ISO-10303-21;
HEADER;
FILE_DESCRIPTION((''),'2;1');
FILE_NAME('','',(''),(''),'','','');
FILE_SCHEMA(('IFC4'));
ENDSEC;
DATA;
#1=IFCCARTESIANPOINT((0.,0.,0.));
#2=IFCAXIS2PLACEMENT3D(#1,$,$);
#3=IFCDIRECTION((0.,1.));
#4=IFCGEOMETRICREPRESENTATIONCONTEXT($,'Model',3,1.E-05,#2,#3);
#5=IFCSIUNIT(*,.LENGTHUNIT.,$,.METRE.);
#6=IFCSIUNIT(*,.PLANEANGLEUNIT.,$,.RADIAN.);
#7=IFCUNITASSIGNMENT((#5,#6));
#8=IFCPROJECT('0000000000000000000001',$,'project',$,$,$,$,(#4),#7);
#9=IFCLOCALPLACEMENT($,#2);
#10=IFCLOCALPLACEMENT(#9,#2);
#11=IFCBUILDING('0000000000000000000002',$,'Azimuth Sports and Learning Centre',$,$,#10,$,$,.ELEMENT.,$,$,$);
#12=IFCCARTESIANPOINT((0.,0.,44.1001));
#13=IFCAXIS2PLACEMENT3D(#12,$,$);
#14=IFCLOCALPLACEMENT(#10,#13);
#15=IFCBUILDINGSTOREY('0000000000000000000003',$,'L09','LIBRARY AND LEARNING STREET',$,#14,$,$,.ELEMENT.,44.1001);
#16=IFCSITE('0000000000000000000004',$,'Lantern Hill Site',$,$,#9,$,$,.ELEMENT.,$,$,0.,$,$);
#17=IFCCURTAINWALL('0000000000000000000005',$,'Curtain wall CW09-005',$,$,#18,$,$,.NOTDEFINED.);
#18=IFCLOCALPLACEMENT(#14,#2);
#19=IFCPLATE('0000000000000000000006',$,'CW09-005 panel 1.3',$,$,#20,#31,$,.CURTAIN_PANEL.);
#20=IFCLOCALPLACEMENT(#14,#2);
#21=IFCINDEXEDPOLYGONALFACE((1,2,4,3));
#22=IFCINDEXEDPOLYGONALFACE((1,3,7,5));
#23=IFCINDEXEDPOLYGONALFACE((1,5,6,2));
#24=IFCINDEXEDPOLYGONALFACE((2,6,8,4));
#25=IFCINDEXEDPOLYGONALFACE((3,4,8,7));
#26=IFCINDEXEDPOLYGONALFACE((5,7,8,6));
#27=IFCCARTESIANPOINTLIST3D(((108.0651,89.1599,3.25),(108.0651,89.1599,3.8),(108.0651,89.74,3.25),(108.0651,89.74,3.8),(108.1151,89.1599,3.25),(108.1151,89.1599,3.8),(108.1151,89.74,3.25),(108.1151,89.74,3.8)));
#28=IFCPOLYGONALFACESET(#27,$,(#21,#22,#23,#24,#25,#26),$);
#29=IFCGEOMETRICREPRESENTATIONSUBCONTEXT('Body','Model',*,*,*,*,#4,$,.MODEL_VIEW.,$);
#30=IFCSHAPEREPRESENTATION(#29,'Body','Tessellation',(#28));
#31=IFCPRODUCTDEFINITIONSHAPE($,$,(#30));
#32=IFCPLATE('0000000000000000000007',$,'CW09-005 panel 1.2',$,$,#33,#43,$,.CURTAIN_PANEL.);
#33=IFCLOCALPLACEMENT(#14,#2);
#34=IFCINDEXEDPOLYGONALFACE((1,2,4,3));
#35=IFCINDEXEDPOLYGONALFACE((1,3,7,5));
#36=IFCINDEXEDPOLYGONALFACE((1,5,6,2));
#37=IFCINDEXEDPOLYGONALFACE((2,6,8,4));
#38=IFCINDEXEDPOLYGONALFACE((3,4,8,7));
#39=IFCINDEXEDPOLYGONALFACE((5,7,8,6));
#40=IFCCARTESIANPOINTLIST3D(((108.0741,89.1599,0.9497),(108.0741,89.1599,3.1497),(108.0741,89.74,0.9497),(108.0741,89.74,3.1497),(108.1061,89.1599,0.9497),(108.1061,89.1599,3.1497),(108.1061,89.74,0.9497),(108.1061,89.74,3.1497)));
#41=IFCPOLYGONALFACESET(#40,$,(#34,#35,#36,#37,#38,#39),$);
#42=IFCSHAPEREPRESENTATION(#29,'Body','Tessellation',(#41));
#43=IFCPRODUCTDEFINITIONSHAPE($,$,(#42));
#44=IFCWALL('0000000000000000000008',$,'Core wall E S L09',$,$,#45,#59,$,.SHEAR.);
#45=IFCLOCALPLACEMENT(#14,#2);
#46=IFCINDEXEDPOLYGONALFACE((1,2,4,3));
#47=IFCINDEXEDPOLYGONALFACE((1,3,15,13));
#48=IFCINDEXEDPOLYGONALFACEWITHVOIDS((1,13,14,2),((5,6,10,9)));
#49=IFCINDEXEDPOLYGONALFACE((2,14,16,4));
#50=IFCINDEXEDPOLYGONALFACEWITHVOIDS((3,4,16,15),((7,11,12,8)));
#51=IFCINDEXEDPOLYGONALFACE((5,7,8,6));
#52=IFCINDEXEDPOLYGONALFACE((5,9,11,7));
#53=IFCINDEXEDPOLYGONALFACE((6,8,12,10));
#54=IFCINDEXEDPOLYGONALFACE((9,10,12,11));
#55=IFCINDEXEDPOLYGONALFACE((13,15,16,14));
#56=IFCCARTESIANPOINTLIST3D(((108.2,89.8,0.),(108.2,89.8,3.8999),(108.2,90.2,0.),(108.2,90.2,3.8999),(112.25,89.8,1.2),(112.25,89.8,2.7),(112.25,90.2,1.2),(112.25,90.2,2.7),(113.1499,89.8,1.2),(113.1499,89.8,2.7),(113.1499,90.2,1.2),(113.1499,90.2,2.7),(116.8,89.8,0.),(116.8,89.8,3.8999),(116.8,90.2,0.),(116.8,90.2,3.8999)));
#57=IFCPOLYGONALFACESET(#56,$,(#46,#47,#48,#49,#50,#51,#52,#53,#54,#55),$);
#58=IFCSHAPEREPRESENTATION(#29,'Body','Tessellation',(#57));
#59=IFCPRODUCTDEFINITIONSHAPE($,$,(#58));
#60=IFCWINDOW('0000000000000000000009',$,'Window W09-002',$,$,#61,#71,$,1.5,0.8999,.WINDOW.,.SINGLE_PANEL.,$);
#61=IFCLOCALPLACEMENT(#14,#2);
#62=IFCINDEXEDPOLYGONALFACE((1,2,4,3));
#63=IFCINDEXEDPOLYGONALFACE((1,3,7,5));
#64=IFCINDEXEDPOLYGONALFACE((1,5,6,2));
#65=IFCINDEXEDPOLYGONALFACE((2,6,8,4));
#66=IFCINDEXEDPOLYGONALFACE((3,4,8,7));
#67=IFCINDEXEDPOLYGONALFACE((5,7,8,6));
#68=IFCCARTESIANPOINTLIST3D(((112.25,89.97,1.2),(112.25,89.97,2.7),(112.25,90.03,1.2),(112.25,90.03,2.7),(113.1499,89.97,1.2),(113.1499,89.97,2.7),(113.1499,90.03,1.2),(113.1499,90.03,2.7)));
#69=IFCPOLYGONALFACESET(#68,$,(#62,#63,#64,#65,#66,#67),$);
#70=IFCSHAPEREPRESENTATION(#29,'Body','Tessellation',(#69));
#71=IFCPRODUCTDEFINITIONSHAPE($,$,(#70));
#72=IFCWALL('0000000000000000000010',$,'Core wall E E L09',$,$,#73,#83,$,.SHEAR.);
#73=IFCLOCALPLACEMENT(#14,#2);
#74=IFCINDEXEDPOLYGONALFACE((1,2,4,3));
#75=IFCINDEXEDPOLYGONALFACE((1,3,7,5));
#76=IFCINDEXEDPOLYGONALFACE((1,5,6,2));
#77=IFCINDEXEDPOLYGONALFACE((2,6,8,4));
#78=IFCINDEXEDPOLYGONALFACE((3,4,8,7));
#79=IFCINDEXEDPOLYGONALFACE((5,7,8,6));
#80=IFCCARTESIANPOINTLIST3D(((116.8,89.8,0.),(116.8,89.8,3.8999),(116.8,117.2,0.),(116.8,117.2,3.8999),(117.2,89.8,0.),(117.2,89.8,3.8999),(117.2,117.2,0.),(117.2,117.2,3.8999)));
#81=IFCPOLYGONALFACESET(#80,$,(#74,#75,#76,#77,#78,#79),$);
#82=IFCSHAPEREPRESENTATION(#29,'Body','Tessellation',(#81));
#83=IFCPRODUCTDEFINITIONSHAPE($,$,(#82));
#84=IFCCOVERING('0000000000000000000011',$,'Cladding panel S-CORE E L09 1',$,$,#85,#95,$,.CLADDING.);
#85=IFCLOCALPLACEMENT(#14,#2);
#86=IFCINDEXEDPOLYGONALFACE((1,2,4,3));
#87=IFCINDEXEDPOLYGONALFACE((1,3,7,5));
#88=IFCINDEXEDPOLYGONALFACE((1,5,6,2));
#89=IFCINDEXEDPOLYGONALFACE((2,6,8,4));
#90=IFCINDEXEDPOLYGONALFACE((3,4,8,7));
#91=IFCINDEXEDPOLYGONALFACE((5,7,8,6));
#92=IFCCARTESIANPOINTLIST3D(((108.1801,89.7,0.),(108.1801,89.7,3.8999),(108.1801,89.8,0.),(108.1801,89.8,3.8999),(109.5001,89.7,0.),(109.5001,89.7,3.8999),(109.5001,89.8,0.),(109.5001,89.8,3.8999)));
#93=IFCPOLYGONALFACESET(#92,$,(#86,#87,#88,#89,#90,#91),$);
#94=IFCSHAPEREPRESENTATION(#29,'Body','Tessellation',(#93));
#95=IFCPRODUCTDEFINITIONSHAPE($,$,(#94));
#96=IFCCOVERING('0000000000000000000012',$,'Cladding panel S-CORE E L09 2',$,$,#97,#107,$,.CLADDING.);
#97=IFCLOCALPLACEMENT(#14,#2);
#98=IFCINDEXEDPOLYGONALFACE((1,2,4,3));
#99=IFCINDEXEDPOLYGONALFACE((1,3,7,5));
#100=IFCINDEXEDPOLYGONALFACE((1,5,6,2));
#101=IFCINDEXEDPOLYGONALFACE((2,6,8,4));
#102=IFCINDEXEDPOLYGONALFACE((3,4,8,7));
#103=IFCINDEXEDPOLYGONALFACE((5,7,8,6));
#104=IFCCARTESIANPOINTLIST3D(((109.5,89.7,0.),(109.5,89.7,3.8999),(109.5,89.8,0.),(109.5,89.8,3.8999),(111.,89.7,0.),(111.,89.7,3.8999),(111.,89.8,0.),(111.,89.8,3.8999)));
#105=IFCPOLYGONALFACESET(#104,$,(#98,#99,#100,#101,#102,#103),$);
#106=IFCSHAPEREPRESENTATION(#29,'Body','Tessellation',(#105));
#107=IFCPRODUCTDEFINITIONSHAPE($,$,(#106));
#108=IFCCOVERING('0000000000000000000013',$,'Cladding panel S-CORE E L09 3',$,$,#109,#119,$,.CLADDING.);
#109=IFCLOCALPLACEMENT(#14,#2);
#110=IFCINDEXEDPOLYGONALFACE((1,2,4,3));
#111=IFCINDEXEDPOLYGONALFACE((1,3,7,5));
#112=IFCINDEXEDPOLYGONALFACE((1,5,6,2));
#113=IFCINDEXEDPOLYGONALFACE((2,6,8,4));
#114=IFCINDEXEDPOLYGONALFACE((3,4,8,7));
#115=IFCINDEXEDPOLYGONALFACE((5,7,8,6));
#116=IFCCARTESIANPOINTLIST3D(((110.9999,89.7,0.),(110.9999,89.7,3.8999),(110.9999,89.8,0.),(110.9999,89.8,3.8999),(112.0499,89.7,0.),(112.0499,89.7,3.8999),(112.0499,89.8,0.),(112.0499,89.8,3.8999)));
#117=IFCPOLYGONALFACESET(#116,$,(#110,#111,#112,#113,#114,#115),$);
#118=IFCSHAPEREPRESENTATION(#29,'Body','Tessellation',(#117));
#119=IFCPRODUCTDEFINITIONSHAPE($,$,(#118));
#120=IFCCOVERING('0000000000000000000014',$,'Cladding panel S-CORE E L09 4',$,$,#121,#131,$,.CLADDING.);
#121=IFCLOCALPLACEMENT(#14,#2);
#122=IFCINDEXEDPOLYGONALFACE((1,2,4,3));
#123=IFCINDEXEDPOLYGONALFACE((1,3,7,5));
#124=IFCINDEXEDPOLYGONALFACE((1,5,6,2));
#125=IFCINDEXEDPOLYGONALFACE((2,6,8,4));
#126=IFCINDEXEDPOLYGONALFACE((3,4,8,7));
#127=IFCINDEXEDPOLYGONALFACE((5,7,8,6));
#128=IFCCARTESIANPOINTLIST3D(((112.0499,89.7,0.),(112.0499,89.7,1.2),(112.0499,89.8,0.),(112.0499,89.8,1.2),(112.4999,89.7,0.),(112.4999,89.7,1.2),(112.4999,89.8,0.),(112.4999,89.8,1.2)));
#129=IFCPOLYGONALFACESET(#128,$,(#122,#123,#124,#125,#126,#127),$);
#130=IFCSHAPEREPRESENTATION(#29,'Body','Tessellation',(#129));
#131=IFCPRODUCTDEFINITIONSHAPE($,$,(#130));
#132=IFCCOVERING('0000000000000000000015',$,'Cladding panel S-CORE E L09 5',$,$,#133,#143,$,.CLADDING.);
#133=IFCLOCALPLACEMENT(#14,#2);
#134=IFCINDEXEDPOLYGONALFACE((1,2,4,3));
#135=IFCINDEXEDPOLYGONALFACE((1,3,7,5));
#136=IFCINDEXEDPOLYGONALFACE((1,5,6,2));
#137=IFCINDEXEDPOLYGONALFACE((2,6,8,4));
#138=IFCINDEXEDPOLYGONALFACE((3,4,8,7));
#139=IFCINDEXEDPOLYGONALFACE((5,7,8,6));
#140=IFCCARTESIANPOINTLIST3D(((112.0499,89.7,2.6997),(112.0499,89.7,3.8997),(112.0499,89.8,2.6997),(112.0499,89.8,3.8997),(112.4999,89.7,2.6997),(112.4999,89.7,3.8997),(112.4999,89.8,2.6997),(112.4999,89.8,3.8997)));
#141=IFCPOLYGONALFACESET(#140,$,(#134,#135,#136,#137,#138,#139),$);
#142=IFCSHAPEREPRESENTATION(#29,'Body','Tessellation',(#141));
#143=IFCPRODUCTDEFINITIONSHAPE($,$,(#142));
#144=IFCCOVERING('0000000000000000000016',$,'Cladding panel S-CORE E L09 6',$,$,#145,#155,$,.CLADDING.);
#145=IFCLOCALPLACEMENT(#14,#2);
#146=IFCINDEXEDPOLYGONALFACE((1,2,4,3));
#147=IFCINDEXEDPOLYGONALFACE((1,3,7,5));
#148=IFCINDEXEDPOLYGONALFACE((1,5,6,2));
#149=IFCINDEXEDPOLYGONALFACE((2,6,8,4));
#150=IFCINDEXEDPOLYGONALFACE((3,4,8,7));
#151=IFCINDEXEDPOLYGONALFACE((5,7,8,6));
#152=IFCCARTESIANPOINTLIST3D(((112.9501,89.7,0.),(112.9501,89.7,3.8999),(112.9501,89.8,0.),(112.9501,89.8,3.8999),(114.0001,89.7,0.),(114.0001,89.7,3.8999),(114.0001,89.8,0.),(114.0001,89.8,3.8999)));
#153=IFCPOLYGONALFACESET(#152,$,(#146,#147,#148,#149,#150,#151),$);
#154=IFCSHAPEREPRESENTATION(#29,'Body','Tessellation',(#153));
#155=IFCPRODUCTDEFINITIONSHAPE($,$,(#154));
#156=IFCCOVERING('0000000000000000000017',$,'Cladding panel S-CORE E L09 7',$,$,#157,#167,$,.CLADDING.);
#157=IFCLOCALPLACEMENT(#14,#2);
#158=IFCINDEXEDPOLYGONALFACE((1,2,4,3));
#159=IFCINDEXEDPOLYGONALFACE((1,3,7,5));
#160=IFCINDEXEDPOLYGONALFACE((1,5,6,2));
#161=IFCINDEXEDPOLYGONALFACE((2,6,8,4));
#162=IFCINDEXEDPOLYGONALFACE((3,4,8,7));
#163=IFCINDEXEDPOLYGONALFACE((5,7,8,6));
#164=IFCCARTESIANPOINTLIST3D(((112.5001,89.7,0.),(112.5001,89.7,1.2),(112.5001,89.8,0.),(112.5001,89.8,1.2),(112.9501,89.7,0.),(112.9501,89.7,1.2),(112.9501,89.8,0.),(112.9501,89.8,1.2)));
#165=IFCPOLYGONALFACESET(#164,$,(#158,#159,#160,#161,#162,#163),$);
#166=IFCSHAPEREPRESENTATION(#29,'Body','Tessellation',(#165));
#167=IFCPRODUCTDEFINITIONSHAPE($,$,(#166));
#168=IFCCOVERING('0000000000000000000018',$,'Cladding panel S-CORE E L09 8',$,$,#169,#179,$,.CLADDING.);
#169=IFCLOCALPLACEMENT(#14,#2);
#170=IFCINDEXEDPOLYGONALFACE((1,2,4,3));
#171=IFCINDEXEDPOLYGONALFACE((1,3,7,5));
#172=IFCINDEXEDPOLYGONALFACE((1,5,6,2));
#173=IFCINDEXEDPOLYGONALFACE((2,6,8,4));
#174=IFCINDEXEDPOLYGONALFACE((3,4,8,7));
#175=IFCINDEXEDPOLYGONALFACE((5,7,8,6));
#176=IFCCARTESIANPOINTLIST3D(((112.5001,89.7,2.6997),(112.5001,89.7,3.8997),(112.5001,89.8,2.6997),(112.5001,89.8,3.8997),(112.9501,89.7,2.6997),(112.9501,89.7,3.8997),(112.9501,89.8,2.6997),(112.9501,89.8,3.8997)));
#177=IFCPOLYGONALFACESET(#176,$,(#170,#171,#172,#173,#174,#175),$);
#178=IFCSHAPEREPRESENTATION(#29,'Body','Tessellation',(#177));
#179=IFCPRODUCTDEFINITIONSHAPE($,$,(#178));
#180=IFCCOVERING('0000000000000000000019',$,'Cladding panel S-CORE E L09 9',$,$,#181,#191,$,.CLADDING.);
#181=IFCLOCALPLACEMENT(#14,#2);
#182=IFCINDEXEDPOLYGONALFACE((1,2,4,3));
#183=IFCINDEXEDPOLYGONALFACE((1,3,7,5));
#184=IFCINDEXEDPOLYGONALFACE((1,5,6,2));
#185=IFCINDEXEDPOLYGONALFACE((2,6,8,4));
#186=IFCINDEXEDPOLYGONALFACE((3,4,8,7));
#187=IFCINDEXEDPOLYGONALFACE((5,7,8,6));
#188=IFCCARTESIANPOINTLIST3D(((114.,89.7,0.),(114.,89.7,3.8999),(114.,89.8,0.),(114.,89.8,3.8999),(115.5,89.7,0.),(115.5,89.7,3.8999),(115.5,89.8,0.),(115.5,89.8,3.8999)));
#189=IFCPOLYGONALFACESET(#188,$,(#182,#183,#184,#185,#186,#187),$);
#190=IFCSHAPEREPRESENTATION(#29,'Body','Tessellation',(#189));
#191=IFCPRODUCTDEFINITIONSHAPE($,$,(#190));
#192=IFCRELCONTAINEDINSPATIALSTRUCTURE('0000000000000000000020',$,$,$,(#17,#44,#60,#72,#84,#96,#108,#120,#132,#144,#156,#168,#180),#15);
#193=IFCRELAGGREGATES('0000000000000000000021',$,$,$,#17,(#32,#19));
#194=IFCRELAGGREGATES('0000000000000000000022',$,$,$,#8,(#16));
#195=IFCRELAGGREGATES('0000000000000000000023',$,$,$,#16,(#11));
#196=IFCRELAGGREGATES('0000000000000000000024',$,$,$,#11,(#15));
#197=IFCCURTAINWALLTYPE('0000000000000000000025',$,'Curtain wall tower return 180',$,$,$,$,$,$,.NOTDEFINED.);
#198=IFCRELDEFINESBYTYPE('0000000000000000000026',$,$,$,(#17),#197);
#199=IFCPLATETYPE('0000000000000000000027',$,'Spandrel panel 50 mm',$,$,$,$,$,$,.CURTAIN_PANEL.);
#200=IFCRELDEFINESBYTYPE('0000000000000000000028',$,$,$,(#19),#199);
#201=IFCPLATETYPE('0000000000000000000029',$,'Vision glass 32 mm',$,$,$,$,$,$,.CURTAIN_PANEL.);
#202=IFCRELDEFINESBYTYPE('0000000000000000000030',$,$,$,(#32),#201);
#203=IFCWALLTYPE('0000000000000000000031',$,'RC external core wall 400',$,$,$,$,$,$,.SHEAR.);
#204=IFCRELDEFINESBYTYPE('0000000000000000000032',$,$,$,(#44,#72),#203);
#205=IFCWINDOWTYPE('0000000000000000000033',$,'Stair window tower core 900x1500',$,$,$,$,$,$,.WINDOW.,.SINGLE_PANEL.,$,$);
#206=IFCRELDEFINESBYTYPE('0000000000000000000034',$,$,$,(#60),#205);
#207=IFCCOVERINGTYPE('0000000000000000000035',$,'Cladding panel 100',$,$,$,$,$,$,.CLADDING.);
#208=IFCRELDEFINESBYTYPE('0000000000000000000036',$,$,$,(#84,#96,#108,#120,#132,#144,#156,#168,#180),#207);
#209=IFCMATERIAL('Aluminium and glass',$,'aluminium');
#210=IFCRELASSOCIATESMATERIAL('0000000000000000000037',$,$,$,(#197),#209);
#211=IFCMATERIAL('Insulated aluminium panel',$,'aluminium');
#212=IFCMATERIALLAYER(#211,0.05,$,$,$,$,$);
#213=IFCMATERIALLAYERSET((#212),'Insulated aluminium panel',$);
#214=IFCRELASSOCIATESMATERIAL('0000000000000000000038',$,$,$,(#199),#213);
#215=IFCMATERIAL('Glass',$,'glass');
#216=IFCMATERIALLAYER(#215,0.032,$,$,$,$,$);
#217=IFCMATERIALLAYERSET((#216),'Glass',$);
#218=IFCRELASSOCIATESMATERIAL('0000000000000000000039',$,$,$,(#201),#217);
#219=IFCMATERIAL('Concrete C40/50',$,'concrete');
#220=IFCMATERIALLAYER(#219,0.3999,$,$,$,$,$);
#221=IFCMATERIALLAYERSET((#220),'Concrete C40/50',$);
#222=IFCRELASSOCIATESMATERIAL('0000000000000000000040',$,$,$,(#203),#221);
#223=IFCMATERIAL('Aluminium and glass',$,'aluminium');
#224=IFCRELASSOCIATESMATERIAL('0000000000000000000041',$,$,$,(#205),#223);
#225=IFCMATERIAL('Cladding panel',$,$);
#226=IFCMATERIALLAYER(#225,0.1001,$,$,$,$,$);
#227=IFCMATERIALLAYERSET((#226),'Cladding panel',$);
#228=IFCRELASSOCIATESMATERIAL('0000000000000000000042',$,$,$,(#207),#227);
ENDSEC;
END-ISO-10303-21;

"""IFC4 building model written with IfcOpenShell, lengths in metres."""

from ifc_helpers import new_model, si_unit, direction, frame, frame_2d, origin, origin_2d, place, context, subcontext, project, spatial, rectangle, extrude, material, layer, layer_set, type_object, element, fill, aggregate, save


model = new_model("IFC4")

# Units and contexts
model_context = context("Model", 3, precision=1e-05, world=origin(), true_north=direction((0.0, 1.0)))
body_context = subcontext(model_context, "Body", "Model", "MODEL_VIEW")
ifc_project = project(units=[si_unit("LENGTHUNIT", "METRE"), si_unit("PLANEANGLEUNIT", "RADIAN")], contexts=[model_context])

# Site, building, storey
site_placement = place(None, origin())
site = spatial("IfcSite", under=ifc_project, at=site_placement, Name="Lantern Hill Site", CompositionType="ELEMENT", RefElevation=0.0)
building_placement = place(site_placement, origin())
building = spatial("IfcBuilding", under=site, at=building_placement, Name="Azimuth Sports and Learning Centre", CompositionType="ELEMENT")
storey_placement = place(building_placement, frame((0.0, 0.0, 44.1001)))
storey = spatial("IfcBuildingStorey", under=building, at=storey_placement, Name="L09", Description="LIBRARY AND LEARNING STREET", CompositionType="ELEMENT", Elevation=44.1001)

# Curtain wall, plates
ifc_material_1 = material(Name="Aluminium and glass", Category="aluminium")
curtain_wall_type = type_object("IfcCurtainWallType", Name="Curtain wall tower return 180", PredefinedType="NOTDEFINED", material=ifc_material_1)
curtain_wall_placement = place(storey_placement, origin())
curtain_wall = element("IfcCurtainWall", 1, at=curtain_wall_placement, inside=storey, type_object=curtain_wall_type, Name="Curtain wall CW09-005", PredefinedType="NOTDEFINED")
ifc_material_2 = material(Name="Insulated aluminium panel", Category="aluminium")
ifc_layer_1 = layer(ifc_material_2, 0.05)
ifc_layer_set_1 = layer_set([ifc_layer_1], Name="Insulated aluminium panel")
plate_type_1 = type_object("IfcPlateType", Name="Spandrel panel 50 mm", PredefinedType="CURTAIN_PANEL", material=ifc_layer_set_1)
plate_1_placement = place(storey_placement, frame((108.0901, 89.45, 3.25), z_axis=(0.0, 0.0, 1.0), x_axis=(0.0, 1.0, 0.0)))
plate_1 = element("IfcPlate", 2, at=plate_1_placement, type_object=plate_type_1, Name="CW09-005 panel 1.3", PredefinedType="CURTAIN_PANEL", context=body_context, shape_type="SweptSolid", body=[
    extrude(rectangle(XDim=0.5801, YDim=0.05, at=origin_2d()), origin(), (0.0, 0.0, 1.0), 0.55),
])
ifc_material_3 = material(Name="Glass", Category="glass")
ifc_layer_2 = layer(ifc_material_3, 0.032)
ifc_layer_set_2 = layer_set([ifc_layer_2], Name="Glass")
plate_type_2 = type_object("IfcPlateType", Name="Vision glass 32 mm", PredefinedType="CURTAIN_PANEL", material=ifc_layer_set_2)
plate_2_placement = place(storey_placement, frame((108.0901, 89.45, 0.9497), z_axis=(0.0, 0.0, 1.0), x_axis=(0.0, 1.0, 0.0)))
plate_2 = element("IfcPlate", 3, at=plate_2_placement, type_object=plate_type_2, Name="CW09-005 panel 1.2", PredefinedType="CURTAIN_PANEL", context=body_context, shape_type="SweptSolid", body=[
    extrude(rectangle(XDim=0.5801, YDim=0.032, at=origin_2d()), origin(), (0.0, 0.0, 1.0), 2.2),
])
aggregate(curtain_wall, [plate_2, plate_1])

# Wall, opening, window
ifc_material_4 = material(Name="Concrete C40/50", Category="concrete")
ifc_layer_3 = layer(ifc_material_4, 0.3999)
ifc_layer_set_3 = layer_set([ifc_layer_3], Name="Concrete C40/50")
wall_type = type_object("IfcWallType", Name="RC external core wall 400", PredefinedType="SHEAR", material=ifc_layer_set_3)
wall_1_placement = place(storey_placement, frame((108.2, 90.0, 0.0), z_axis=(0.0, 0.0, 1.0), x_axis=(1.0, 0.0, 0.0)))
wall_1 = element("IfcWall", 4, at=wall_1_placement, inside=storey, type_object=wall_type, Name="Core wall E S L09", PredefinedType="SHEAR", context=body_context, shape_type="SweptSolid", body=[
    extrude(rectangle(XDim=8.6001, YDim=0.3999, at=frame_2d((4.3, 0.0))), origin(), (0.0, 0.0, 1.0), 3.8999),
])
opening_placement = place(wall_1_placement, frame((4.05, 0.0, 1.2)))
opening = element("IfcOpeningElement", 5, at=opening_placement, cuts=wall_1, PredefinedType="OPENING", context=body_context, shape_type="SweptSolid", body=[
    extrude(rectangle(XDim=0.8999, YDim=1.5, at=frame_2d((0.45, 0.75))), frame((0.0, 0.2109, 0.0), z_axis=(0.0, -1.0, 0.0), x_axis=(1.0, 0.0, 0.0)), (0.0, 0.0, 1.0), 0.4219),
])
ifc_material_5 = material(Name="Aluminium and glass", Category="aluminium")
window_type = type_object("IfcWindowType", Name="Stair window tower core 900x1500", PartitioningType="SINGLE_PANEL", PredefinedType="WINDOW", material=ifc_material_5)
window_placement = place(opening_placement, origin())
window = element("IfcWindow", 6, at=window_placement, inside=storey, type_object=window_type, Name="Window W09-002", OverallHeight=1.5, OverallWidth=0.8999, PartitioningType="SINGLE_PANEL", PredefinedType="WINDOW", context=body_context, shape_type="SweptSolid", body=[
    extrude(rectangle(XDim=0.8999, YDim=1.5, at=frame_2d((0.45, 0.75))), frame((0.0, 0.03, 0.0), z_axis=(0.0, -1.0, 0.0), x_axis=(1.0, 0.0, 0.0)), (0.0, 0.0, 1.0), 0.0601),
])
fill(opening, window)

# Wall
wall_2_placement = place(storey_placement, frame((117.0, 89.8, 0.0), z_axis=(0.0, 0.0, 1.0), x_axis=(0.0, 1.0, 0.0)))
element("IfcWall", 7, at=wall_2_placement, inside=storey, type_object=wall_type, Name="Core wall E E L09", PredefinedType="SHEAR", context=body_context, shape_type="SweptSolid", body=[
    extrude(rectangle(XDim=27.3999, YDim=0.3999, at=frame_2d((13.7, 0.0))), origin(), (0.0, 0.0, 1.0), 3.8999),
])

# Coverings
ifc_material_6 = material(Name="Cladding panel")
ifc_layer_4 = layer(ifc_material_6, 0.1001)
ifc_layer_set_4 = layer_set([ifc_layer_4], Name="Cladding panel")
covering_type = type_object("IfcCoveringType", Name="Cladding panel 100", PredefinedType="CLADDING", material=ifc_layer_set_4)
covering_1_placement = place(storey_placement, frame((108.8401, 89.75, 0.0), z_axis=(0.0, 0.0, 1.0), x_axis=(1.0, 0.0, 0.0)))
element("IfcCovering", 8, at=covering_1_placement, inside=storey, type_object=covering_type, Name="Cladding panel S-CORE E L09 1", PredefinedType="CLADDING", context=body_context, shape_type="SweptSolid", body=[
    extrude(rectangle(XDim=1.3201, YDim=0.1001, at=origin_2d()), origin(), (0.0, 0.0, 1.0), 3.8999),
])
covering_2_placement = place(storey_placement, frame((110.25, 89.75, 0.0), z_axis=(0.0, 0.0, 1.0), x_axis=(1.0, 0.0, 0.0)))
element("IfcCovering", 9, at=covering_2_placement, inside=storey, type_object=covering_type, Name="Cladding panel S-CORE E L09 2", PredefinedType="CLADDING", context=body_context, shape_type="SweptSolid", body=[
    extrude(rectangle(XDim=1.5, YDim=0.1001, at=origin_2d()), origin(), (0.0, 0.0, 1.0), 3.8999),
])
covering_3_placement = place(storey_placement, frame((111.5249, 89.75, 0.0), z_axis=(0.0, 0.0, 1.0), x_axis=(1.0, 0.0, 0.0)))
element("IfcCovering", 10, at=covering_3_placement, inside=storey, type_object=covering_type, Name="Cladding panel S-CORE E L09 3", PredefinedType="CLADDING", context=body_context, shape_type="SweptSolid", body=[
    extrude(rectangle(XDim=1.05, YDim=0.1001, at=origin_2d()), origin(), (0.0, 0.0, 1.0), 3.8999),
])
for number, where, z_axis, x_axis, name in (
    (11, (112.2749, 89.75, 0.0), (0.0, 0.0, 1.0), (1.0, 0.0, 0.0), "Cladding panel S-CORE E L09 4"),
    (12, (112.2749, 89.75, 2.6997), (0.0, 0.0, 1.0), (1.0, 0.0, 0.0), "Cladding panel S-CORE E L09 5"),
):
    element("IfcCovering", number, at=place(storey_placement, frame(where, z_axis=z_axis, x_axis=x_axis)), inside=storey, type_object=covering_type, Name=name, PredefinedType="CLADDING", context=body_context, shape_type="SweptSolid", body=[
        extrude(rectangle(XDim=0.45, YDim=0.1001, at=origin_2d()), origin(), (0.0, 0.0, 1.0), 1.2),
    ])
covering_4_placement = place(storey_placement, frame((113.4751, 89.75, 0.0), z_axis=(0.0, 0.0, 1.0), x_axis=(1.0, 0.0, 0.0)))
element("IfcCovering", 13, at=covering_4_placement, inside=storey, type_object=covering_type, Name="Cladding panel S-CORE E L09 6", PredefinedType="CLADDING", context=body_context, shape_type="SweptSolid", body=[
    extrude(rectangle(XDim=1.05, YDim=0.1001, at=origin_2d()), origin(), (0.0, 0.0, 1.0), 3.8999),
])
for number, where, z_axis, x_axis, name in (
    (14, (112.7251, 89.75, 0.0), (0.0, 0.0, 1.0), (1.0, 0.0, 0.0), "Cladding panel S-CORE E L09 7"),
    (15, (112.7251, 89.75, 2.6997), (0.0, 0.0, 1.0), (1.0, 0.0, 0.0), "Cladding panel S-CORE E L09 8"),
):
    element("IfcCovering", number, at=place(storey_placement, frame(where, z_axis=z_axis, x_axis=x_axis)), inside=storey, type_object=covering_type, Name=name, PredefinedType="CLADDING", context=body_context, shape_type="SweptSolid", body=[
        extrude(rectangle(XDim=0.45, YDim=0.1001, at=origin_2d()), origin(), (0.0, 0.0, 1.0), 1.2),
    ])
covering_5_placement = place(storey_placement, frame((114.75, 89.75, 0.0), z_axis=(0.0, 0.0, 1.0), x_axis=(1.0, 0.0, 0.0)))
element("IfcCovering", 16, at=covering_5_placement, inside=storey, type_object=covering_type, Name="Cladding panel S-CORE E L09 9", PredefinedType="CLADDING", context=body_context, shape_type="SweptSolid", body=[
    extrude(rectangle(XDim=1.5, YDim=0.1001, at=origin_2d()), origin(), (0.0, 0.0, 1.0), 3.8999),
])

save(model, "model.ifc")
